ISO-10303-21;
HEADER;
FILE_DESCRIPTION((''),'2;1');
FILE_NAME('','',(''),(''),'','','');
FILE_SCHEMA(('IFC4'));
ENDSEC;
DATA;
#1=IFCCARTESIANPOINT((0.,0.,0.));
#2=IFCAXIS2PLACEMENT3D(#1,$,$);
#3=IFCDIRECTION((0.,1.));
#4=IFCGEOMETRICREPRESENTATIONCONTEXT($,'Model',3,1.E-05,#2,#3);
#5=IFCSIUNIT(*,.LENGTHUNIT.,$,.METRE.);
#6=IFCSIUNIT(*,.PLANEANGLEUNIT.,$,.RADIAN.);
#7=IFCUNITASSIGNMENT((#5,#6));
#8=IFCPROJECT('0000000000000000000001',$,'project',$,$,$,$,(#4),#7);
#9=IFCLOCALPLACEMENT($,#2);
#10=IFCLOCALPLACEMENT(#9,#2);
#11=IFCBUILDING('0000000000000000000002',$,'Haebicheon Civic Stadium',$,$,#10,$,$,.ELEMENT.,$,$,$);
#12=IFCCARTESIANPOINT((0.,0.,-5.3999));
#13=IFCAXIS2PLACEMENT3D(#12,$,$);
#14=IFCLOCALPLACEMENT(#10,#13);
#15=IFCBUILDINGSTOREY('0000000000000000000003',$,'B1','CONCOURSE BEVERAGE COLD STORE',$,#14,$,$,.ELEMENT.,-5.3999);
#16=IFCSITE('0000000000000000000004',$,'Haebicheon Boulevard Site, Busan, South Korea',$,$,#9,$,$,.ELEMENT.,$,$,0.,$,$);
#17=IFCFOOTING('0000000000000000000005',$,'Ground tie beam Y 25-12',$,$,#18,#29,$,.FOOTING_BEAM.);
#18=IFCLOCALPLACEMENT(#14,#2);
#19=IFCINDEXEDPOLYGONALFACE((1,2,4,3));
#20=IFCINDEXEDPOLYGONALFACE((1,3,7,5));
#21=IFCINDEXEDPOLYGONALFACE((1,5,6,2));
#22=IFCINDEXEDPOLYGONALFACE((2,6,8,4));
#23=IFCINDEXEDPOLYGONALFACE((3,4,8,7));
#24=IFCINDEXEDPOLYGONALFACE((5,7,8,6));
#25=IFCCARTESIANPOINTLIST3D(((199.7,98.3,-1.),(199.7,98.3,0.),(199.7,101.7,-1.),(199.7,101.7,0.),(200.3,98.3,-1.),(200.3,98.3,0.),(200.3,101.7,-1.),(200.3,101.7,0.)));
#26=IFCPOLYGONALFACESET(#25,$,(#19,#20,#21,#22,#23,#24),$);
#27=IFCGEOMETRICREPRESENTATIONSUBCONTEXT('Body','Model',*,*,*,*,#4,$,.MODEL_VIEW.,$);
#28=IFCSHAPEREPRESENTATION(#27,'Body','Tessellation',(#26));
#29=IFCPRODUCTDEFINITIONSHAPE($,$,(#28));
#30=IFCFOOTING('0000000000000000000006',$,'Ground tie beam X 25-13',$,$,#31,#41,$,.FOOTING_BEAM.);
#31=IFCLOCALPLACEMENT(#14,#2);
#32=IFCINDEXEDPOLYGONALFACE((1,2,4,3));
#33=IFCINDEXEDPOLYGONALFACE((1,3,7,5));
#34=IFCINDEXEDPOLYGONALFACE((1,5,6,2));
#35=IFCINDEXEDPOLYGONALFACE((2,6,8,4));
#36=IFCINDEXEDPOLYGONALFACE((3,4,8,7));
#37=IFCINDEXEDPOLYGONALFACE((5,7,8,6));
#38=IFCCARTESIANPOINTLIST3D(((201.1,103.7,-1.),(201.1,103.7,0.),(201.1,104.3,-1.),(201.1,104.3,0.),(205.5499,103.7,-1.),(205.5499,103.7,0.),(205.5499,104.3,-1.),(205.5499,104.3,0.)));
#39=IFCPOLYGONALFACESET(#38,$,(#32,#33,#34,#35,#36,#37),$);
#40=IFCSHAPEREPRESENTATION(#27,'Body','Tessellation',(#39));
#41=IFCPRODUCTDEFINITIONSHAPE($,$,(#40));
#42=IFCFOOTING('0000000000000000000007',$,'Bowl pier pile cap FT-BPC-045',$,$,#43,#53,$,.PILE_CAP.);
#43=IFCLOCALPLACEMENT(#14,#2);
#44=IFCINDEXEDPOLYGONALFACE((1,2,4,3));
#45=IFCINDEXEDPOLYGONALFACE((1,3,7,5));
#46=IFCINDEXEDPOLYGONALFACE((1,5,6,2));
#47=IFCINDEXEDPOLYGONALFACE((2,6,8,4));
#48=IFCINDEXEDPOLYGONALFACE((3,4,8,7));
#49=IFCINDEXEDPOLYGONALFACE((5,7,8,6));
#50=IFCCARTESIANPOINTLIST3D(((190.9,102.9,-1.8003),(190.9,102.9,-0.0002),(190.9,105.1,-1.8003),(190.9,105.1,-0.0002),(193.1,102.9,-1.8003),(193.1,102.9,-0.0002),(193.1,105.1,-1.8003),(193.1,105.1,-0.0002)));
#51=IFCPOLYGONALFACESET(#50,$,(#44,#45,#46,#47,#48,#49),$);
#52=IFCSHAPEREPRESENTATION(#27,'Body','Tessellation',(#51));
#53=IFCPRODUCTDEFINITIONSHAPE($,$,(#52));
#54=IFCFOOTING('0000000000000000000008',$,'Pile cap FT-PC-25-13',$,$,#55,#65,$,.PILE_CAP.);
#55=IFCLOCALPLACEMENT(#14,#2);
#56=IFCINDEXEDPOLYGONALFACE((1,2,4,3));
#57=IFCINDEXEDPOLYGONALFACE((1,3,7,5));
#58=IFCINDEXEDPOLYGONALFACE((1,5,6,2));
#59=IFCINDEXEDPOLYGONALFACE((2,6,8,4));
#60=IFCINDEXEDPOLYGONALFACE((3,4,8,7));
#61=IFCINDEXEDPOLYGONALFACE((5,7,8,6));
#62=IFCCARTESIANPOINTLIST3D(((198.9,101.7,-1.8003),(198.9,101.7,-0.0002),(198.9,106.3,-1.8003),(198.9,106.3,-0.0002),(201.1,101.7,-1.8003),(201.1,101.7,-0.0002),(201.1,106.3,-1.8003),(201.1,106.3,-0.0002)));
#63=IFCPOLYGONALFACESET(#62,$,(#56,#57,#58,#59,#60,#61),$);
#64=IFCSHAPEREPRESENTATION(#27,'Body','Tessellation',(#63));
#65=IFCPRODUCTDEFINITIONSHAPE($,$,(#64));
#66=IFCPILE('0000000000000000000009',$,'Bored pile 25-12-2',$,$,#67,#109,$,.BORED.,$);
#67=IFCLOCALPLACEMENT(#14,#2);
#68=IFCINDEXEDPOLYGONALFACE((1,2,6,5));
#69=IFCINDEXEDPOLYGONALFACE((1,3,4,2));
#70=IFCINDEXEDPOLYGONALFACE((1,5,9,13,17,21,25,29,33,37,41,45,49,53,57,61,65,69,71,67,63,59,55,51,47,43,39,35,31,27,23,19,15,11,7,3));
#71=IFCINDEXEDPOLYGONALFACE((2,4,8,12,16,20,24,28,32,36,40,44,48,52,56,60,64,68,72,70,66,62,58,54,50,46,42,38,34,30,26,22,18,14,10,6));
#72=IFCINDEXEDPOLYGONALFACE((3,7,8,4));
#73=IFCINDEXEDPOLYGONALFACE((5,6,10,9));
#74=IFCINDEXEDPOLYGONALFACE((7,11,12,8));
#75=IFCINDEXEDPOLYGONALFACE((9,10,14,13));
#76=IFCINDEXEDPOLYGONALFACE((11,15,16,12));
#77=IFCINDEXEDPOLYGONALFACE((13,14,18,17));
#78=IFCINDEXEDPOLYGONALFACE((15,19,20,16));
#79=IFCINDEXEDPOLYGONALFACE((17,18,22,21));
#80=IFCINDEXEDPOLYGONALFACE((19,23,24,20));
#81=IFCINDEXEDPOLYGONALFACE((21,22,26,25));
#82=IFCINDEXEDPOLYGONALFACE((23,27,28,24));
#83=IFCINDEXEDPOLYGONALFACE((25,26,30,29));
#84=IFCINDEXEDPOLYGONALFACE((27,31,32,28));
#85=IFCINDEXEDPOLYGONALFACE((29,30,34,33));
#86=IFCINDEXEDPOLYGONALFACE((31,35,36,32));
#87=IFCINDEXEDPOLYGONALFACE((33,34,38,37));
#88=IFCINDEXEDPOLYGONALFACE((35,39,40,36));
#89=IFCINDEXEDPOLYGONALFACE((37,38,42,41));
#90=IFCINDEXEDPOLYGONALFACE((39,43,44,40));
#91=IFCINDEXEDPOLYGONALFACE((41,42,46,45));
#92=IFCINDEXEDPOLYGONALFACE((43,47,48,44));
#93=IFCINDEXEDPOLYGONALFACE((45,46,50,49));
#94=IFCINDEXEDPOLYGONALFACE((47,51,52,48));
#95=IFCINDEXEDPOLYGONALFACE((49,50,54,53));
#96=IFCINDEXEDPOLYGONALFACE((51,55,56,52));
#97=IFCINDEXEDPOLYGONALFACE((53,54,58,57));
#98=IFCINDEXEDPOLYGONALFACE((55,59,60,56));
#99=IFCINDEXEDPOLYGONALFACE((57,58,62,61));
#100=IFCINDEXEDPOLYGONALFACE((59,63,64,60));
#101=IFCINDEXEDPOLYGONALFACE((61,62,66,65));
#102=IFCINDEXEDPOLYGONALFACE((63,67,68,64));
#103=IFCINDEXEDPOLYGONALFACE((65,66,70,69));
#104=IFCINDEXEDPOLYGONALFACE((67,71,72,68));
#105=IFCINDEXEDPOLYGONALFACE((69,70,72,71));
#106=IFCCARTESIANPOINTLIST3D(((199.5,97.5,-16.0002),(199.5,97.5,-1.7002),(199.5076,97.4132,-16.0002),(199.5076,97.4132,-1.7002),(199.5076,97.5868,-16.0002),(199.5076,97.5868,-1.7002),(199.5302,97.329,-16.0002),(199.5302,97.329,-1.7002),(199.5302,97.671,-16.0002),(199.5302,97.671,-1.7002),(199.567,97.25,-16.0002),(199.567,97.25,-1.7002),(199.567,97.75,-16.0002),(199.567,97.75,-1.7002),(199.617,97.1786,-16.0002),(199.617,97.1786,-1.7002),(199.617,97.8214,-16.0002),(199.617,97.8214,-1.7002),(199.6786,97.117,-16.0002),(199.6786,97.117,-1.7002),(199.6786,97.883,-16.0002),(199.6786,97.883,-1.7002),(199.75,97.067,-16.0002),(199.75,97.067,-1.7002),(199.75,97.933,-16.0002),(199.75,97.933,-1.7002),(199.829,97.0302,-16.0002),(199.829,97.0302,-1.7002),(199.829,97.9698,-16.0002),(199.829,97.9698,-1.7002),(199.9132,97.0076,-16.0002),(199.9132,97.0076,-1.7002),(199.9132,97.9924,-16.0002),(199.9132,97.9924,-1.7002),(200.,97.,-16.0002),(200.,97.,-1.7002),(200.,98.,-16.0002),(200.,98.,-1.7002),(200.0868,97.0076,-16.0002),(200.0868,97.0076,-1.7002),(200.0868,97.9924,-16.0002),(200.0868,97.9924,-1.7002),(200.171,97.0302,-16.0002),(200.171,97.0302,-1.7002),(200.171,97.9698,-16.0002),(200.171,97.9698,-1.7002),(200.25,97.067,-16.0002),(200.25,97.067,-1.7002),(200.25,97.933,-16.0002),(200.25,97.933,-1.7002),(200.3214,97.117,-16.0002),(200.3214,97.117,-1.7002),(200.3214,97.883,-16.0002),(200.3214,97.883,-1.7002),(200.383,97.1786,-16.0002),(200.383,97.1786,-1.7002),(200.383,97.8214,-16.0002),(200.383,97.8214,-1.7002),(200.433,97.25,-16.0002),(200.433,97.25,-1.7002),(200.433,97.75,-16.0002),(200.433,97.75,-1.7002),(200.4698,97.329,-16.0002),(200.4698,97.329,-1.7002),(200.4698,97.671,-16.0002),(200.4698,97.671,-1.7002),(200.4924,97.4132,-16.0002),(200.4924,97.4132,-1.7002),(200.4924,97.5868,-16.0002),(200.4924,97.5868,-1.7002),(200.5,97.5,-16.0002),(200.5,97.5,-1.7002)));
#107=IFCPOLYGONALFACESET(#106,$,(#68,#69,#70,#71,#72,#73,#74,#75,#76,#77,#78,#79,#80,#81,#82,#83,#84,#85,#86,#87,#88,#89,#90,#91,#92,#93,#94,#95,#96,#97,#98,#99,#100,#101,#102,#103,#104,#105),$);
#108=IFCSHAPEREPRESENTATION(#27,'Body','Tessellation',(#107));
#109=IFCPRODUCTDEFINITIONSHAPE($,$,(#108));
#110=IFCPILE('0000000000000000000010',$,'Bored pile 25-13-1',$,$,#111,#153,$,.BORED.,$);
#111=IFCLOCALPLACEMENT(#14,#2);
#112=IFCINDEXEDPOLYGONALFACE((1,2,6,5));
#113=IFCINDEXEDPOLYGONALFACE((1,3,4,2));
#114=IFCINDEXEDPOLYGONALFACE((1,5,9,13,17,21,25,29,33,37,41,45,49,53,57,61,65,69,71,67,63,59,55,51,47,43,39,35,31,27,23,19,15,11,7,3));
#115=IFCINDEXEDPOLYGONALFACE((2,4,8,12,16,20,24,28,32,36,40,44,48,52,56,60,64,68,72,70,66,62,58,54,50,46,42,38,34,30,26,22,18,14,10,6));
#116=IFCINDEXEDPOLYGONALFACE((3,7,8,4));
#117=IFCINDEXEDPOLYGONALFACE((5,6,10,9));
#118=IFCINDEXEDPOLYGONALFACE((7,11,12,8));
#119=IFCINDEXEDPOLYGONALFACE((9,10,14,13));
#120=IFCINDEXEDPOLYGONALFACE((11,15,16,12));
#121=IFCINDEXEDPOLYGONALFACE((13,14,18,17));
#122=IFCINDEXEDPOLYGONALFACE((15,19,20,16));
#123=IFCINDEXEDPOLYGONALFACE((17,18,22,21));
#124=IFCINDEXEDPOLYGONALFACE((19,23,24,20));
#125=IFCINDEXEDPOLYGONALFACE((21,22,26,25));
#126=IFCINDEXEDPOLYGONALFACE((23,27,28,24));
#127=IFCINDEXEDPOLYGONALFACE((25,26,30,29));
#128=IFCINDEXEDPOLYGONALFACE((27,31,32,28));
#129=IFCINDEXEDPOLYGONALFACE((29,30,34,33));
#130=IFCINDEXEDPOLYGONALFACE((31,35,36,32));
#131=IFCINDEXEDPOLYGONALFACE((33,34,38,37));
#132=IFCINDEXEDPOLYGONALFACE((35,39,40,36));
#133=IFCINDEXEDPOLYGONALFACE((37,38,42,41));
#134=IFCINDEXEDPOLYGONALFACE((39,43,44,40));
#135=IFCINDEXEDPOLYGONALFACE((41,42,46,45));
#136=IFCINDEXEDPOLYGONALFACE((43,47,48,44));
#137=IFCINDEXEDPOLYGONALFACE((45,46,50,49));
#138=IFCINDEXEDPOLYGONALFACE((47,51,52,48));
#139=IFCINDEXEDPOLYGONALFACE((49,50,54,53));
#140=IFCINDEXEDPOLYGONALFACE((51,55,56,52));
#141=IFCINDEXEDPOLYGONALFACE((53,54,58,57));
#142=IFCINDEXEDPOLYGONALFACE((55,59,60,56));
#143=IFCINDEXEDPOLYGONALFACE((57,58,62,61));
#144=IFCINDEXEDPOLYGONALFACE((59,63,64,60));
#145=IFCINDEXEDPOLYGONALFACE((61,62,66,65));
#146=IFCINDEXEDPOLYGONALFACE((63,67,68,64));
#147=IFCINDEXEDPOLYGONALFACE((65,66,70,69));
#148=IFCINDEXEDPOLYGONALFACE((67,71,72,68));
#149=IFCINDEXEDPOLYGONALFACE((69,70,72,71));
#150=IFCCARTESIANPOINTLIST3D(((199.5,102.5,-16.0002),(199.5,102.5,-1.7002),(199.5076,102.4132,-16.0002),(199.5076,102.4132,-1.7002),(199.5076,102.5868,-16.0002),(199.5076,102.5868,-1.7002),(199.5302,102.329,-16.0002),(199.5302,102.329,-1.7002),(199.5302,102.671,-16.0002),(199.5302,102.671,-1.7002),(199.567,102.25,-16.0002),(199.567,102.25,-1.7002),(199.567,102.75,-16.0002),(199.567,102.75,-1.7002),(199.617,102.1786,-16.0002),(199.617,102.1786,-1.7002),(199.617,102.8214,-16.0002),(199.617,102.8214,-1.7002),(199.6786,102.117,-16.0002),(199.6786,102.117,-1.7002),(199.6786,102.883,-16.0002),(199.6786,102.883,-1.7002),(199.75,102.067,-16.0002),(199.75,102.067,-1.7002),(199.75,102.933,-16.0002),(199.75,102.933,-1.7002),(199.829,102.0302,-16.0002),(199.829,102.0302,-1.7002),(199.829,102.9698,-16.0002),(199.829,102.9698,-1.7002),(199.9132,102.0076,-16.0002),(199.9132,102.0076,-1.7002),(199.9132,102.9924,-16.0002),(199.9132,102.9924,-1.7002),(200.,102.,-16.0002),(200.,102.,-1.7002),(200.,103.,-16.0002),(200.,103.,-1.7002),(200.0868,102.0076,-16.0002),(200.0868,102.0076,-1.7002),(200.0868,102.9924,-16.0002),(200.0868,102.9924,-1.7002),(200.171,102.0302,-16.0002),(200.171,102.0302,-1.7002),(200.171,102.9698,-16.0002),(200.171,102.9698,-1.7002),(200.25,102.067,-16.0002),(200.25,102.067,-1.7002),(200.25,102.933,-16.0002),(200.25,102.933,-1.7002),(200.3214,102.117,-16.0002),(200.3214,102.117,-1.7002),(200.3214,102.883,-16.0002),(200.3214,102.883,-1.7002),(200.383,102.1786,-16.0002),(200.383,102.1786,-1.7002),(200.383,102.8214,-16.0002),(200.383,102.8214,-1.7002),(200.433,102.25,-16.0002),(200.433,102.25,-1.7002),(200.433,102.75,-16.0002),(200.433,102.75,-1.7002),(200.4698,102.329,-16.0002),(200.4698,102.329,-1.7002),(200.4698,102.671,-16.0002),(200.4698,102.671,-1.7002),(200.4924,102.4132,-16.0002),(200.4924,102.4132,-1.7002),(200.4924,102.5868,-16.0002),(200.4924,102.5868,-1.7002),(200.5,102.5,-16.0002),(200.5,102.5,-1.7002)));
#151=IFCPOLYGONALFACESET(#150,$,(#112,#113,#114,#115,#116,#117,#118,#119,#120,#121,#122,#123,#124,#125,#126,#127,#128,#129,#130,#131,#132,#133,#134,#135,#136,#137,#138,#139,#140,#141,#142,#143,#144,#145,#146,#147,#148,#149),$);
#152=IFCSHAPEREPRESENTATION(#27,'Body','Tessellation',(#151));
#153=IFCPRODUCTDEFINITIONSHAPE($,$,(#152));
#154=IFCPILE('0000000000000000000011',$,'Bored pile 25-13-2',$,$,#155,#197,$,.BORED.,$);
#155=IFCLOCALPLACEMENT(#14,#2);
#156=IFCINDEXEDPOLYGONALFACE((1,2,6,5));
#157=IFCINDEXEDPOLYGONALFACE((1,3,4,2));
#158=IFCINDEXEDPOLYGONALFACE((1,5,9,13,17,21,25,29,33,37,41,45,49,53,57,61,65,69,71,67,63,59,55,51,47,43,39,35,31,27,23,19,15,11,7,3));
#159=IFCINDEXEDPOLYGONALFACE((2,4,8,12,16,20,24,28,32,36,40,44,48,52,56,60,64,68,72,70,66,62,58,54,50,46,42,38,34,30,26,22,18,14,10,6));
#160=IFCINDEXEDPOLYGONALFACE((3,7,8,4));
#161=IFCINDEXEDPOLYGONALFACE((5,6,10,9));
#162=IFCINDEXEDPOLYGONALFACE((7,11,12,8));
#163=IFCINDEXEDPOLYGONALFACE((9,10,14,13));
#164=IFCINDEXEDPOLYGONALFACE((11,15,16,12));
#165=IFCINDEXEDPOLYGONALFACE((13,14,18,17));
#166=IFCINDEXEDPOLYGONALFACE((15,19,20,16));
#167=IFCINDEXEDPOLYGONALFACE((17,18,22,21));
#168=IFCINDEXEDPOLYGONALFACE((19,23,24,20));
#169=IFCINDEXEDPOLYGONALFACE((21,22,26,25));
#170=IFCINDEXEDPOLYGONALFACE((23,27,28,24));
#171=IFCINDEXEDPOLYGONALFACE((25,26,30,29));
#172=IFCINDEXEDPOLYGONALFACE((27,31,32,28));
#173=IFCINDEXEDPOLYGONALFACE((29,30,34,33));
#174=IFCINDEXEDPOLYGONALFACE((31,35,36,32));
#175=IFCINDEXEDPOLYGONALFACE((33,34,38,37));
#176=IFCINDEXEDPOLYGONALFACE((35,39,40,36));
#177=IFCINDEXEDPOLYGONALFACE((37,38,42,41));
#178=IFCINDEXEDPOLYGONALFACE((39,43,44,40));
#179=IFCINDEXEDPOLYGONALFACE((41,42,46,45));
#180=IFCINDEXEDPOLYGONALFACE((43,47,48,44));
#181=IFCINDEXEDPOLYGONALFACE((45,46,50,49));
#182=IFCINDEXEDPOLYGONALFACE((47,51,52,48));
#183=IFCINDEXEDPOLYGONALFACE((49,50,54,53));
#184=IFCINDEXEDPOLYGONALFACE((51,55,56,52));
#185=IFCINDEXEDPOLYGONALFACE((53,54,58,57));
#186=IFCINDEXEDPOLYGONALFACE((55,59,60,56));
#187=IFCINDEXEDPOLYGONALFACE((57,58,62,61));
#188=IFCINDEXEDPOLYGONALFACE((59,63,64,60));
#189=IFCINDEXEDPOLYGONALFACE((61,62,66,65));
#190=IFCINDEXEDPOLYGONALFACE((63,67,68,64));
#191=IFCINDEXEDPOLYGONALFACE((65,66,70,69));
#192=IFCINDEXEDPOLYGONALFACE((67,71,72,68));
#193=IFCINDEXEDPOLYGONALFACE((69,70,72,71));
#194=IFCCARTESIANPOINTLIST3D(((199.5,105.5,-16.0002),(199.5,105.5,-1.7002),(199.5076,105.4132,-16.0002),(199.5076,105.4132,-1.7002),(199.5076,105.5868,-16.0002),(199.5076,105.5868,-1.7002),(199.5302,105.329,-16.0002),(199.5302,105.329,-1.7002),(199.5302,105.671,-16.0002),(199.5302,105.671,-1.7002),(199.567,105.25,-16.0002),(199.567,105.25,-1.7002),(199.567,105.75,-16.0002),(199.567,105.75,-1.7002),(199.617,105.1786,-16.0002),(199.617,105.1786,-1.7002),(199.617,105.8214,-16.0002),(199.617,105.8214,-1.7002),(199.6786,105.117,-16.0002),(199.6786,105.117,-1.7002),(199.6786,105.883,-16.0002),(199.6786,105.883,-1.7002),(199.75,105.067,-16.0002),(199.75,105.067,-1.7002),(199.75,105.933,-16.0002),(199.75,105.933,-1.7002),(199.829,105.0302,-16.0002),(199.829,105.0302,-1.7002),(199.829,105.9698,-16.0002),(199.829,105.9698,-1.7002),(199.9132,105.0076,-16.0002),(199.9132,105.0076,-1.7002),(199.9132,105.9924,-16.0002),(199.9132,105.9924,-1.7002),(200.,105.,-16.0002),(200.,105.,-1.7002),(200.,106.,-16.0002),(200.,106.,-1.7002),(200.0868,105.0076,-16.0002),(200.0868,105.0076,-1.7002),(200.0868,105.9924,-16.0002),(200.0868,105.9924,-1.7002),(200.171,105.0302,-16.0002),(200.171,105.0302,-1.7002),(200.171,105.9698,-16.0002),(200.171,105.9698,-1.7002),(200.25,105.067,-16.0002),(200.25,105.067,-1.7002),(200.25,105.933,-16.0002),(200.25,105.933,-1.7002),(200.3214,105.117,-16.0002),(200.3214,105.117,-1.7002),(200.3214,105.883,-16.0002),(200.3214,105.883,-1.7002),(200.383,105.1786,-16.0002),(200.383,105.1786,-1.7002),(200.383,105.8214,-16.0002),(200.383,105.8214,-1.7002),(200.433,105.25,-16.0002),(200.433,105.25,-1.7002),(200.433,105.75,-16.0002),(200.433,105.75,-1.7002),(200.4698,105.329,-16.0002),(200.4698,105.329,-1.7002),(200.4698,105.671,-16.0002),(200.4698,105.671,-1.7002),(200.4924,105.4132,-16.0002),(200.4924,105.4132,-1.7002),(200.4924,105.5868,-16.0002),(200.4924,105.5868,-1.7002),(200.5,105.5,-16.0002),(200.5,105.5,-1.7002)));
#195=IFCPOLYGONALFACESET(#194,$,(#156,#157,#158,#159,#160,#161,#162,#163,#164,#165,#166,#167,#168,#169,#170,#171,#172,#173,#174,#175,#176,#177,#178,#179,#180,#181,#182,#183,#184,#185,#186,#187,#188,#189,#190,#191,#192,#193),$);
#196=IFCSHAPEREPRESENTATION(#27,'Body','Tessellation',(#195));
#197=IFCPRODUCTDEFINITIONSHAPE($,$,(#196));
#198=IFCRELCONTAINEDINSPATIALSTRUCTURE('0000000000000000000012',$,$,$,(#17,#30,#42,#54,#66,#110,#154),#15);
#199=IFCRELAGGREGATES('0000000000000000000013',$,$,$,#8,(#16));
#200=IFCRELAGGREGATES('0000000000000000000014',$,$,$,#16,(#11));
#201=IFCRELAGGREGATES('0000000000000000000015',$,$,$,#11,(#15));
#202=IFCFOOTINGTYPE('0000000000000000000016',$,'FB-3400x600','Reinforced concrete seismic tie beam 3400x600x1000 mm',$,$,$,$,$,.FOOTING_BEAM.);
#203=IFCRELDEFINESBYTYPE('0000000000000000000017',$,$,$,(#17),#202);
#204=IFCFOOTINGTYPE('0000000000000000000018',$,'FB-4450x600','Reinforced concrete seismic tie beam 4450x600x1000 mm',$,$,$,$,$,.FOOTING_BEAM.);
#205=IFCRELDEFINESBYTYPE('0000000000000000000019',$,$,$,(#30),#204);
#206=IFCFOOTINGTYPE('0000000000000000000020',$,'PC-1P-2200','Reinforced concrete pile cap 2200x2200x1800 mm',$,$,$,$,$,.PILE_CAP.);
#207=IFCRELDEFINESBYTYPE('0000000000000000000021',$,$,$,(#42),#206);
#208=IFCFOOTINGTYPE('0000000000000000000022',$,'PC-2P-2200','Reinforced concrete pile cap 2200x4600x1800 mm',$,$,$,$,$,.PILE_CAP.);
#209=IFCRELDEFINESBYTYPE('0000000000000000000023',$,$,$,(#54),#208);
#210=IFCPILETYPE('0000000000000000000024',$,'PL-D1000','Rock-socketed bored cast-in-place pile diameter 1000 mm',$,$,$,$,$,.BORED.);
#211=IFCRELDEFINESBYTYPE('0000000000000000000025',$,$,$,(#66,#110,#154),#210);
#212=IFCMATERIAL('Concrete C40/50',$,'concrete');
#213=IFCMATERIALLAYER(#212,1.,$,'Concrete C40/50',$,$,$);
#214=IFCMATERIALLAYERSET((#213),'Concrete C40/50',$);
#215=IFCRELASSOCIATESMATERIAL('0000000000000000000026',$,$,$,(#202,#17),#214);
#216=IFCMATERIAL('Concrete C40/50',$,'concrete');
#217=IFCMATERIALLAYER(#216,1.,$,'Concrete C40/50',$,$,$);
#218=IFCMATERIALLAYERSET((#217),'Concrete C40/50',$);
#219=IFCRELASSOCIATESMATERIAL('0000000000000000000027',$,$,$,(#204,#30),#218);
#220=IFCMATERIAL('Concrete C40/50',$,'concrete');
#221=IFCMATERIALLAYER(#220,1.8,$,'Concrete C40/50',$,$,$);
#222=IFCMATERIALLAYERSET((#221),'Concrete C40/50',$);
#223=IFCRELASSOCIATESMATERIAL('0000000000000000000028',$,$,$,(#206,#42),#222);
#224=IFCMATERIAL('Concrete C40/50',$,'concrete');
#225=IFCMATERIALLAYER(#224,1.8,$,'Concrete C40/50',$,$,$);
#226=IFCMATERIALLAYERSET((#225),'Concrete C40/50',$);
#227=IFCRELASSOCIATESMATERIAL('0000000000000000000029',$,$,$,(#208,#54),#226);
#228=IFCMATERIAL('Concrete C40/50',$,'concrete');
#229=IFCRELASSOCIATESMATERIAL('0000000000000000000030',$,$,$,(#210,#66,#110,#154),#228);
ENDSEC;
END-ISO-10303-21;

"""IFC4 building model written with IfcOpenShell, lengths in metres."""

from ifc_helpers import new_model, si_unit, direction, frame, origin, origin_2d, place, context, subcontext, project, spatial, rectangle, circle, extrude, material, layer, layer_set, material_profile, profile_set, type_object, element, save


model = new_model("IFC4")

# Units and contexts
model_context = context("Model", 3, precision=1e-05, world=origin(), true_north=direction((0.0, 1.0)))
body_context = subcontext(model_context, "Body", "Model", "MODEL_VIEW")
ifc_project = project(units=[si_unit("LENGTHUNIT", "METRE"), si_unit("PLANEANGLEUNIT", "RADIAN")], contexts=[model_context])

# Site, building, storey
site_placement = place(None, origin())
site = spatial("IfcSite", under=ifc_project, at=site_placement, Name="Haebicheon Boulevard Site, Busan, South Korea", CompositionType="ELEMENT", RefElevation=0.0)
building_placement = place(site_placement, origin())
building = spatial("IfcBuilding", under=site, at=building_placement, Name="Haebicheon Civic Stadium", CompositionType="ELEMENT")
storey_placement = place(building_placement, frame((0.0, 0.0, -5.3999)))
storey = spatial("IfcBuildingStorey", under=building, at=storey_placement, Name="B1", Description="CONCOURSE BEVERAGE COLD STORE", CompositionType="ELEMENT", Elevation=-5.3999)

# Footings
ifc_material_1 = material(Name="Concrete C40/50", Category="concrete")
ifc_layer_1 = layer(ifc_material_1, 1.0, Name="Concrete C40/50")
ifc_layer_set_1 = layer_set([ifc_layer_1], Name="Concrete C40/50")
footing_type_1 = type_object("IfcFootingType", Name="FB-3400x600", Description="Reinforced concrete seismic tie beam 3400x600x1000 mm", PredefinedType="FOOTING_BEAM", material=ifc_layer_set_1)
footing_1_placement = place(storey_placement, frame((200.0, 100.0, -1.0), z_axis=(0.0, 0.0, 1.0), x_axis=(0.0, 1.0, 0.0)))
element("IfcFooting", 1, at=footing_1_placement, inside=storey, type_object=footing_type_1, material=ifc_layer_set_1, Name="Ground tie beam Y 25-12", PredefinedType="FOOTING_BEAM", context=body_context, shape_type="SweptSolid", body=[
    extrude(rectangle(XDim=3.3999, YDim=0.6001, at=origin_2d()), origin(), (0.0, 0.0, 1.0), 1.0),
])
ifc_material_2 = material(Name="Concrete C40/50", Category="concrete")
ifc_layer_2 = layer(ifc_material_2, 1.0, Name="Concrete C40/50")
ifc_layer_set_2 = layer_set([ifc_layer_2], Name="Concrete C40/50")
footing_type_2 = type_object("IfcFootingType", Name="FB-4450x600", Description="Reinforced concrete seismic tie beam 4450x600x1000 mm", PredefinedType="FOOTING_BEAM", material=ifc_layer_set_2)
footing_2_placement = place(storey_placement, frame((203.325, 104.0, -1.0), z_axis=(0.0, 0.0, 1.0), x_axis=(1.0, 0.0, 0.0)))
element("IfcFooting", 2, at=footing_2_placement, inside=storey, type_object=footing_type_2, material=ifc_layer_set_2, Name="Ground tie beam X 25-13", PredefinedType="FOOTING_BEAM", context=body_context, shape_type="SweptSolid", body=[
    extrude(rectangle(XDim=4.45, YDim=0.6001, at=origin_2d()), origin(), (0.0, 0.0, 1.0), 1.0),
])
ifc_material_3 = material(Name="Concrete C40/50", Category="concrete")
ifc_layer_3 = layer(ifc_material_3, 1.8, Name="Concrete C40/50")
ifc_layer_set_3 = layer_set([ifc_layer_3], Name="Concrete C40/50")
footing_type_3 = type_object("IfcFootingType", Name="PC-1P-2200", Description="Reinforced concrete pile cap 2200x2200x1800 mm", PredefinedType="PILE_CAP", material=ifc_layer_set_3)
footing_3_placement = place(storey_placement, frame((192.0, 104.0, -1.8003), z_axis=(0.0, 0.0, 1.0), x_axis=(1.0, 0.0, 0.0)))
element("IfcFooting", 3, at=footing_3_placement, inside=storey, type_object=footing_type_3, material=ifc_layer_set_3, Name="Bowl pier pile cap FT-BPC-045", PredefinedType="PILE_CAP", context=body_context, shape_type="SweptSolid", body=[
    extrude(rectangle(XDim=2.2, YDim=2.2, at=origin_2d()), origin(), (0.0, 0.0, 1.0), 1.8),
])
ifc_material_4 = material(Name="Concrete C40/50", Category="concrete")
ifc_layer_4 = layer(ifc_material_4, 1.8, Name="Concrete C40/50")
ifc_layer_set_4 = layer_set([ifc_layer_4], Name="Concrete C40/50")
footing_type_4 = type_object("IfcFootingType", Name="PC-2P-2200", Description="Reinforced concrete pile cap 2200x4600x1800 mm", PredefinedType="PILE_CAP", material=ifc_layer_set_4)
footing_4_placement = place(storey_placement, frame((200.0, 104.0, -1.8003), z_axis=(0.0, 0.0, 1.0), x_axis=(1.0, 0.0, 0.0)))
element("IfcFooting", 4, at=footing_4_placement, inside=storey, type_object=footing_type_4, material=ifc_layer_set_4, Name="Pile cap FT-PC-25-13", PredefinedType="PILE_CAP", context=body_context, shape_type="SweptSolid", body=[
    extrude(rectangle(XDim=2.2, YDim=4.6001, at=origin_2d()), origin(), (0.0, 0.0, 1.0), 1.8),
])

# Piles
ifc_material_5 = material(Name="Concrete C40/50", Category="concrete")
ifc_material_profile_1 = material_profile(ifc_material_5, circle(Radius=0.5, at=origin_2d()), Name="PILE-D1000")
ifc_profile_set_1 = profile_set([ifc_material_profile_1], Name="Concrete C40/50")
pile_type = type_object("IfcPileType", Name="PL-D1000", Description="Rock-socketed bored cast-in-place pile diameter 1000 mm", PredefinedType="BORED", material=ifc_profile_set_1)
for number, where, z_axis, x_axis, name in (
    (5, (200.0, 97.5, -1.7002), (0.0, 0.0, -1.0), (1.0, 0.0, 0.0), "Bored pile 25-12-2"),
    (6, (200.0, 102.5, -1.7002), (0.0, 0.0, -1.0), (1.0, 0.0, 0.0), "Bored pile 25-13-1"),
    (7, (200.0, 105.5, -1.7002), (0.0, 0.0, -1.0), (1.0, 0.0, 0.0), "Bored pile 25-13-2"),
):
    element("IfcPile", number, at=place(storey_placement, frame(where, z_axis=z_axis, x_axis=x_axis)), inside=storey, type_object=pile_type, material=ifc_profile_set_1, Name=name, PredefinedType="BORED", context=body_context, shape_type="SweptSolid", body=[
        extrude(circle(Radius=0.5, at=origin_2d()), origin(), (0.0, 0.0, 1.0), 14.3),
    ])

save(model, "model.ifc")
